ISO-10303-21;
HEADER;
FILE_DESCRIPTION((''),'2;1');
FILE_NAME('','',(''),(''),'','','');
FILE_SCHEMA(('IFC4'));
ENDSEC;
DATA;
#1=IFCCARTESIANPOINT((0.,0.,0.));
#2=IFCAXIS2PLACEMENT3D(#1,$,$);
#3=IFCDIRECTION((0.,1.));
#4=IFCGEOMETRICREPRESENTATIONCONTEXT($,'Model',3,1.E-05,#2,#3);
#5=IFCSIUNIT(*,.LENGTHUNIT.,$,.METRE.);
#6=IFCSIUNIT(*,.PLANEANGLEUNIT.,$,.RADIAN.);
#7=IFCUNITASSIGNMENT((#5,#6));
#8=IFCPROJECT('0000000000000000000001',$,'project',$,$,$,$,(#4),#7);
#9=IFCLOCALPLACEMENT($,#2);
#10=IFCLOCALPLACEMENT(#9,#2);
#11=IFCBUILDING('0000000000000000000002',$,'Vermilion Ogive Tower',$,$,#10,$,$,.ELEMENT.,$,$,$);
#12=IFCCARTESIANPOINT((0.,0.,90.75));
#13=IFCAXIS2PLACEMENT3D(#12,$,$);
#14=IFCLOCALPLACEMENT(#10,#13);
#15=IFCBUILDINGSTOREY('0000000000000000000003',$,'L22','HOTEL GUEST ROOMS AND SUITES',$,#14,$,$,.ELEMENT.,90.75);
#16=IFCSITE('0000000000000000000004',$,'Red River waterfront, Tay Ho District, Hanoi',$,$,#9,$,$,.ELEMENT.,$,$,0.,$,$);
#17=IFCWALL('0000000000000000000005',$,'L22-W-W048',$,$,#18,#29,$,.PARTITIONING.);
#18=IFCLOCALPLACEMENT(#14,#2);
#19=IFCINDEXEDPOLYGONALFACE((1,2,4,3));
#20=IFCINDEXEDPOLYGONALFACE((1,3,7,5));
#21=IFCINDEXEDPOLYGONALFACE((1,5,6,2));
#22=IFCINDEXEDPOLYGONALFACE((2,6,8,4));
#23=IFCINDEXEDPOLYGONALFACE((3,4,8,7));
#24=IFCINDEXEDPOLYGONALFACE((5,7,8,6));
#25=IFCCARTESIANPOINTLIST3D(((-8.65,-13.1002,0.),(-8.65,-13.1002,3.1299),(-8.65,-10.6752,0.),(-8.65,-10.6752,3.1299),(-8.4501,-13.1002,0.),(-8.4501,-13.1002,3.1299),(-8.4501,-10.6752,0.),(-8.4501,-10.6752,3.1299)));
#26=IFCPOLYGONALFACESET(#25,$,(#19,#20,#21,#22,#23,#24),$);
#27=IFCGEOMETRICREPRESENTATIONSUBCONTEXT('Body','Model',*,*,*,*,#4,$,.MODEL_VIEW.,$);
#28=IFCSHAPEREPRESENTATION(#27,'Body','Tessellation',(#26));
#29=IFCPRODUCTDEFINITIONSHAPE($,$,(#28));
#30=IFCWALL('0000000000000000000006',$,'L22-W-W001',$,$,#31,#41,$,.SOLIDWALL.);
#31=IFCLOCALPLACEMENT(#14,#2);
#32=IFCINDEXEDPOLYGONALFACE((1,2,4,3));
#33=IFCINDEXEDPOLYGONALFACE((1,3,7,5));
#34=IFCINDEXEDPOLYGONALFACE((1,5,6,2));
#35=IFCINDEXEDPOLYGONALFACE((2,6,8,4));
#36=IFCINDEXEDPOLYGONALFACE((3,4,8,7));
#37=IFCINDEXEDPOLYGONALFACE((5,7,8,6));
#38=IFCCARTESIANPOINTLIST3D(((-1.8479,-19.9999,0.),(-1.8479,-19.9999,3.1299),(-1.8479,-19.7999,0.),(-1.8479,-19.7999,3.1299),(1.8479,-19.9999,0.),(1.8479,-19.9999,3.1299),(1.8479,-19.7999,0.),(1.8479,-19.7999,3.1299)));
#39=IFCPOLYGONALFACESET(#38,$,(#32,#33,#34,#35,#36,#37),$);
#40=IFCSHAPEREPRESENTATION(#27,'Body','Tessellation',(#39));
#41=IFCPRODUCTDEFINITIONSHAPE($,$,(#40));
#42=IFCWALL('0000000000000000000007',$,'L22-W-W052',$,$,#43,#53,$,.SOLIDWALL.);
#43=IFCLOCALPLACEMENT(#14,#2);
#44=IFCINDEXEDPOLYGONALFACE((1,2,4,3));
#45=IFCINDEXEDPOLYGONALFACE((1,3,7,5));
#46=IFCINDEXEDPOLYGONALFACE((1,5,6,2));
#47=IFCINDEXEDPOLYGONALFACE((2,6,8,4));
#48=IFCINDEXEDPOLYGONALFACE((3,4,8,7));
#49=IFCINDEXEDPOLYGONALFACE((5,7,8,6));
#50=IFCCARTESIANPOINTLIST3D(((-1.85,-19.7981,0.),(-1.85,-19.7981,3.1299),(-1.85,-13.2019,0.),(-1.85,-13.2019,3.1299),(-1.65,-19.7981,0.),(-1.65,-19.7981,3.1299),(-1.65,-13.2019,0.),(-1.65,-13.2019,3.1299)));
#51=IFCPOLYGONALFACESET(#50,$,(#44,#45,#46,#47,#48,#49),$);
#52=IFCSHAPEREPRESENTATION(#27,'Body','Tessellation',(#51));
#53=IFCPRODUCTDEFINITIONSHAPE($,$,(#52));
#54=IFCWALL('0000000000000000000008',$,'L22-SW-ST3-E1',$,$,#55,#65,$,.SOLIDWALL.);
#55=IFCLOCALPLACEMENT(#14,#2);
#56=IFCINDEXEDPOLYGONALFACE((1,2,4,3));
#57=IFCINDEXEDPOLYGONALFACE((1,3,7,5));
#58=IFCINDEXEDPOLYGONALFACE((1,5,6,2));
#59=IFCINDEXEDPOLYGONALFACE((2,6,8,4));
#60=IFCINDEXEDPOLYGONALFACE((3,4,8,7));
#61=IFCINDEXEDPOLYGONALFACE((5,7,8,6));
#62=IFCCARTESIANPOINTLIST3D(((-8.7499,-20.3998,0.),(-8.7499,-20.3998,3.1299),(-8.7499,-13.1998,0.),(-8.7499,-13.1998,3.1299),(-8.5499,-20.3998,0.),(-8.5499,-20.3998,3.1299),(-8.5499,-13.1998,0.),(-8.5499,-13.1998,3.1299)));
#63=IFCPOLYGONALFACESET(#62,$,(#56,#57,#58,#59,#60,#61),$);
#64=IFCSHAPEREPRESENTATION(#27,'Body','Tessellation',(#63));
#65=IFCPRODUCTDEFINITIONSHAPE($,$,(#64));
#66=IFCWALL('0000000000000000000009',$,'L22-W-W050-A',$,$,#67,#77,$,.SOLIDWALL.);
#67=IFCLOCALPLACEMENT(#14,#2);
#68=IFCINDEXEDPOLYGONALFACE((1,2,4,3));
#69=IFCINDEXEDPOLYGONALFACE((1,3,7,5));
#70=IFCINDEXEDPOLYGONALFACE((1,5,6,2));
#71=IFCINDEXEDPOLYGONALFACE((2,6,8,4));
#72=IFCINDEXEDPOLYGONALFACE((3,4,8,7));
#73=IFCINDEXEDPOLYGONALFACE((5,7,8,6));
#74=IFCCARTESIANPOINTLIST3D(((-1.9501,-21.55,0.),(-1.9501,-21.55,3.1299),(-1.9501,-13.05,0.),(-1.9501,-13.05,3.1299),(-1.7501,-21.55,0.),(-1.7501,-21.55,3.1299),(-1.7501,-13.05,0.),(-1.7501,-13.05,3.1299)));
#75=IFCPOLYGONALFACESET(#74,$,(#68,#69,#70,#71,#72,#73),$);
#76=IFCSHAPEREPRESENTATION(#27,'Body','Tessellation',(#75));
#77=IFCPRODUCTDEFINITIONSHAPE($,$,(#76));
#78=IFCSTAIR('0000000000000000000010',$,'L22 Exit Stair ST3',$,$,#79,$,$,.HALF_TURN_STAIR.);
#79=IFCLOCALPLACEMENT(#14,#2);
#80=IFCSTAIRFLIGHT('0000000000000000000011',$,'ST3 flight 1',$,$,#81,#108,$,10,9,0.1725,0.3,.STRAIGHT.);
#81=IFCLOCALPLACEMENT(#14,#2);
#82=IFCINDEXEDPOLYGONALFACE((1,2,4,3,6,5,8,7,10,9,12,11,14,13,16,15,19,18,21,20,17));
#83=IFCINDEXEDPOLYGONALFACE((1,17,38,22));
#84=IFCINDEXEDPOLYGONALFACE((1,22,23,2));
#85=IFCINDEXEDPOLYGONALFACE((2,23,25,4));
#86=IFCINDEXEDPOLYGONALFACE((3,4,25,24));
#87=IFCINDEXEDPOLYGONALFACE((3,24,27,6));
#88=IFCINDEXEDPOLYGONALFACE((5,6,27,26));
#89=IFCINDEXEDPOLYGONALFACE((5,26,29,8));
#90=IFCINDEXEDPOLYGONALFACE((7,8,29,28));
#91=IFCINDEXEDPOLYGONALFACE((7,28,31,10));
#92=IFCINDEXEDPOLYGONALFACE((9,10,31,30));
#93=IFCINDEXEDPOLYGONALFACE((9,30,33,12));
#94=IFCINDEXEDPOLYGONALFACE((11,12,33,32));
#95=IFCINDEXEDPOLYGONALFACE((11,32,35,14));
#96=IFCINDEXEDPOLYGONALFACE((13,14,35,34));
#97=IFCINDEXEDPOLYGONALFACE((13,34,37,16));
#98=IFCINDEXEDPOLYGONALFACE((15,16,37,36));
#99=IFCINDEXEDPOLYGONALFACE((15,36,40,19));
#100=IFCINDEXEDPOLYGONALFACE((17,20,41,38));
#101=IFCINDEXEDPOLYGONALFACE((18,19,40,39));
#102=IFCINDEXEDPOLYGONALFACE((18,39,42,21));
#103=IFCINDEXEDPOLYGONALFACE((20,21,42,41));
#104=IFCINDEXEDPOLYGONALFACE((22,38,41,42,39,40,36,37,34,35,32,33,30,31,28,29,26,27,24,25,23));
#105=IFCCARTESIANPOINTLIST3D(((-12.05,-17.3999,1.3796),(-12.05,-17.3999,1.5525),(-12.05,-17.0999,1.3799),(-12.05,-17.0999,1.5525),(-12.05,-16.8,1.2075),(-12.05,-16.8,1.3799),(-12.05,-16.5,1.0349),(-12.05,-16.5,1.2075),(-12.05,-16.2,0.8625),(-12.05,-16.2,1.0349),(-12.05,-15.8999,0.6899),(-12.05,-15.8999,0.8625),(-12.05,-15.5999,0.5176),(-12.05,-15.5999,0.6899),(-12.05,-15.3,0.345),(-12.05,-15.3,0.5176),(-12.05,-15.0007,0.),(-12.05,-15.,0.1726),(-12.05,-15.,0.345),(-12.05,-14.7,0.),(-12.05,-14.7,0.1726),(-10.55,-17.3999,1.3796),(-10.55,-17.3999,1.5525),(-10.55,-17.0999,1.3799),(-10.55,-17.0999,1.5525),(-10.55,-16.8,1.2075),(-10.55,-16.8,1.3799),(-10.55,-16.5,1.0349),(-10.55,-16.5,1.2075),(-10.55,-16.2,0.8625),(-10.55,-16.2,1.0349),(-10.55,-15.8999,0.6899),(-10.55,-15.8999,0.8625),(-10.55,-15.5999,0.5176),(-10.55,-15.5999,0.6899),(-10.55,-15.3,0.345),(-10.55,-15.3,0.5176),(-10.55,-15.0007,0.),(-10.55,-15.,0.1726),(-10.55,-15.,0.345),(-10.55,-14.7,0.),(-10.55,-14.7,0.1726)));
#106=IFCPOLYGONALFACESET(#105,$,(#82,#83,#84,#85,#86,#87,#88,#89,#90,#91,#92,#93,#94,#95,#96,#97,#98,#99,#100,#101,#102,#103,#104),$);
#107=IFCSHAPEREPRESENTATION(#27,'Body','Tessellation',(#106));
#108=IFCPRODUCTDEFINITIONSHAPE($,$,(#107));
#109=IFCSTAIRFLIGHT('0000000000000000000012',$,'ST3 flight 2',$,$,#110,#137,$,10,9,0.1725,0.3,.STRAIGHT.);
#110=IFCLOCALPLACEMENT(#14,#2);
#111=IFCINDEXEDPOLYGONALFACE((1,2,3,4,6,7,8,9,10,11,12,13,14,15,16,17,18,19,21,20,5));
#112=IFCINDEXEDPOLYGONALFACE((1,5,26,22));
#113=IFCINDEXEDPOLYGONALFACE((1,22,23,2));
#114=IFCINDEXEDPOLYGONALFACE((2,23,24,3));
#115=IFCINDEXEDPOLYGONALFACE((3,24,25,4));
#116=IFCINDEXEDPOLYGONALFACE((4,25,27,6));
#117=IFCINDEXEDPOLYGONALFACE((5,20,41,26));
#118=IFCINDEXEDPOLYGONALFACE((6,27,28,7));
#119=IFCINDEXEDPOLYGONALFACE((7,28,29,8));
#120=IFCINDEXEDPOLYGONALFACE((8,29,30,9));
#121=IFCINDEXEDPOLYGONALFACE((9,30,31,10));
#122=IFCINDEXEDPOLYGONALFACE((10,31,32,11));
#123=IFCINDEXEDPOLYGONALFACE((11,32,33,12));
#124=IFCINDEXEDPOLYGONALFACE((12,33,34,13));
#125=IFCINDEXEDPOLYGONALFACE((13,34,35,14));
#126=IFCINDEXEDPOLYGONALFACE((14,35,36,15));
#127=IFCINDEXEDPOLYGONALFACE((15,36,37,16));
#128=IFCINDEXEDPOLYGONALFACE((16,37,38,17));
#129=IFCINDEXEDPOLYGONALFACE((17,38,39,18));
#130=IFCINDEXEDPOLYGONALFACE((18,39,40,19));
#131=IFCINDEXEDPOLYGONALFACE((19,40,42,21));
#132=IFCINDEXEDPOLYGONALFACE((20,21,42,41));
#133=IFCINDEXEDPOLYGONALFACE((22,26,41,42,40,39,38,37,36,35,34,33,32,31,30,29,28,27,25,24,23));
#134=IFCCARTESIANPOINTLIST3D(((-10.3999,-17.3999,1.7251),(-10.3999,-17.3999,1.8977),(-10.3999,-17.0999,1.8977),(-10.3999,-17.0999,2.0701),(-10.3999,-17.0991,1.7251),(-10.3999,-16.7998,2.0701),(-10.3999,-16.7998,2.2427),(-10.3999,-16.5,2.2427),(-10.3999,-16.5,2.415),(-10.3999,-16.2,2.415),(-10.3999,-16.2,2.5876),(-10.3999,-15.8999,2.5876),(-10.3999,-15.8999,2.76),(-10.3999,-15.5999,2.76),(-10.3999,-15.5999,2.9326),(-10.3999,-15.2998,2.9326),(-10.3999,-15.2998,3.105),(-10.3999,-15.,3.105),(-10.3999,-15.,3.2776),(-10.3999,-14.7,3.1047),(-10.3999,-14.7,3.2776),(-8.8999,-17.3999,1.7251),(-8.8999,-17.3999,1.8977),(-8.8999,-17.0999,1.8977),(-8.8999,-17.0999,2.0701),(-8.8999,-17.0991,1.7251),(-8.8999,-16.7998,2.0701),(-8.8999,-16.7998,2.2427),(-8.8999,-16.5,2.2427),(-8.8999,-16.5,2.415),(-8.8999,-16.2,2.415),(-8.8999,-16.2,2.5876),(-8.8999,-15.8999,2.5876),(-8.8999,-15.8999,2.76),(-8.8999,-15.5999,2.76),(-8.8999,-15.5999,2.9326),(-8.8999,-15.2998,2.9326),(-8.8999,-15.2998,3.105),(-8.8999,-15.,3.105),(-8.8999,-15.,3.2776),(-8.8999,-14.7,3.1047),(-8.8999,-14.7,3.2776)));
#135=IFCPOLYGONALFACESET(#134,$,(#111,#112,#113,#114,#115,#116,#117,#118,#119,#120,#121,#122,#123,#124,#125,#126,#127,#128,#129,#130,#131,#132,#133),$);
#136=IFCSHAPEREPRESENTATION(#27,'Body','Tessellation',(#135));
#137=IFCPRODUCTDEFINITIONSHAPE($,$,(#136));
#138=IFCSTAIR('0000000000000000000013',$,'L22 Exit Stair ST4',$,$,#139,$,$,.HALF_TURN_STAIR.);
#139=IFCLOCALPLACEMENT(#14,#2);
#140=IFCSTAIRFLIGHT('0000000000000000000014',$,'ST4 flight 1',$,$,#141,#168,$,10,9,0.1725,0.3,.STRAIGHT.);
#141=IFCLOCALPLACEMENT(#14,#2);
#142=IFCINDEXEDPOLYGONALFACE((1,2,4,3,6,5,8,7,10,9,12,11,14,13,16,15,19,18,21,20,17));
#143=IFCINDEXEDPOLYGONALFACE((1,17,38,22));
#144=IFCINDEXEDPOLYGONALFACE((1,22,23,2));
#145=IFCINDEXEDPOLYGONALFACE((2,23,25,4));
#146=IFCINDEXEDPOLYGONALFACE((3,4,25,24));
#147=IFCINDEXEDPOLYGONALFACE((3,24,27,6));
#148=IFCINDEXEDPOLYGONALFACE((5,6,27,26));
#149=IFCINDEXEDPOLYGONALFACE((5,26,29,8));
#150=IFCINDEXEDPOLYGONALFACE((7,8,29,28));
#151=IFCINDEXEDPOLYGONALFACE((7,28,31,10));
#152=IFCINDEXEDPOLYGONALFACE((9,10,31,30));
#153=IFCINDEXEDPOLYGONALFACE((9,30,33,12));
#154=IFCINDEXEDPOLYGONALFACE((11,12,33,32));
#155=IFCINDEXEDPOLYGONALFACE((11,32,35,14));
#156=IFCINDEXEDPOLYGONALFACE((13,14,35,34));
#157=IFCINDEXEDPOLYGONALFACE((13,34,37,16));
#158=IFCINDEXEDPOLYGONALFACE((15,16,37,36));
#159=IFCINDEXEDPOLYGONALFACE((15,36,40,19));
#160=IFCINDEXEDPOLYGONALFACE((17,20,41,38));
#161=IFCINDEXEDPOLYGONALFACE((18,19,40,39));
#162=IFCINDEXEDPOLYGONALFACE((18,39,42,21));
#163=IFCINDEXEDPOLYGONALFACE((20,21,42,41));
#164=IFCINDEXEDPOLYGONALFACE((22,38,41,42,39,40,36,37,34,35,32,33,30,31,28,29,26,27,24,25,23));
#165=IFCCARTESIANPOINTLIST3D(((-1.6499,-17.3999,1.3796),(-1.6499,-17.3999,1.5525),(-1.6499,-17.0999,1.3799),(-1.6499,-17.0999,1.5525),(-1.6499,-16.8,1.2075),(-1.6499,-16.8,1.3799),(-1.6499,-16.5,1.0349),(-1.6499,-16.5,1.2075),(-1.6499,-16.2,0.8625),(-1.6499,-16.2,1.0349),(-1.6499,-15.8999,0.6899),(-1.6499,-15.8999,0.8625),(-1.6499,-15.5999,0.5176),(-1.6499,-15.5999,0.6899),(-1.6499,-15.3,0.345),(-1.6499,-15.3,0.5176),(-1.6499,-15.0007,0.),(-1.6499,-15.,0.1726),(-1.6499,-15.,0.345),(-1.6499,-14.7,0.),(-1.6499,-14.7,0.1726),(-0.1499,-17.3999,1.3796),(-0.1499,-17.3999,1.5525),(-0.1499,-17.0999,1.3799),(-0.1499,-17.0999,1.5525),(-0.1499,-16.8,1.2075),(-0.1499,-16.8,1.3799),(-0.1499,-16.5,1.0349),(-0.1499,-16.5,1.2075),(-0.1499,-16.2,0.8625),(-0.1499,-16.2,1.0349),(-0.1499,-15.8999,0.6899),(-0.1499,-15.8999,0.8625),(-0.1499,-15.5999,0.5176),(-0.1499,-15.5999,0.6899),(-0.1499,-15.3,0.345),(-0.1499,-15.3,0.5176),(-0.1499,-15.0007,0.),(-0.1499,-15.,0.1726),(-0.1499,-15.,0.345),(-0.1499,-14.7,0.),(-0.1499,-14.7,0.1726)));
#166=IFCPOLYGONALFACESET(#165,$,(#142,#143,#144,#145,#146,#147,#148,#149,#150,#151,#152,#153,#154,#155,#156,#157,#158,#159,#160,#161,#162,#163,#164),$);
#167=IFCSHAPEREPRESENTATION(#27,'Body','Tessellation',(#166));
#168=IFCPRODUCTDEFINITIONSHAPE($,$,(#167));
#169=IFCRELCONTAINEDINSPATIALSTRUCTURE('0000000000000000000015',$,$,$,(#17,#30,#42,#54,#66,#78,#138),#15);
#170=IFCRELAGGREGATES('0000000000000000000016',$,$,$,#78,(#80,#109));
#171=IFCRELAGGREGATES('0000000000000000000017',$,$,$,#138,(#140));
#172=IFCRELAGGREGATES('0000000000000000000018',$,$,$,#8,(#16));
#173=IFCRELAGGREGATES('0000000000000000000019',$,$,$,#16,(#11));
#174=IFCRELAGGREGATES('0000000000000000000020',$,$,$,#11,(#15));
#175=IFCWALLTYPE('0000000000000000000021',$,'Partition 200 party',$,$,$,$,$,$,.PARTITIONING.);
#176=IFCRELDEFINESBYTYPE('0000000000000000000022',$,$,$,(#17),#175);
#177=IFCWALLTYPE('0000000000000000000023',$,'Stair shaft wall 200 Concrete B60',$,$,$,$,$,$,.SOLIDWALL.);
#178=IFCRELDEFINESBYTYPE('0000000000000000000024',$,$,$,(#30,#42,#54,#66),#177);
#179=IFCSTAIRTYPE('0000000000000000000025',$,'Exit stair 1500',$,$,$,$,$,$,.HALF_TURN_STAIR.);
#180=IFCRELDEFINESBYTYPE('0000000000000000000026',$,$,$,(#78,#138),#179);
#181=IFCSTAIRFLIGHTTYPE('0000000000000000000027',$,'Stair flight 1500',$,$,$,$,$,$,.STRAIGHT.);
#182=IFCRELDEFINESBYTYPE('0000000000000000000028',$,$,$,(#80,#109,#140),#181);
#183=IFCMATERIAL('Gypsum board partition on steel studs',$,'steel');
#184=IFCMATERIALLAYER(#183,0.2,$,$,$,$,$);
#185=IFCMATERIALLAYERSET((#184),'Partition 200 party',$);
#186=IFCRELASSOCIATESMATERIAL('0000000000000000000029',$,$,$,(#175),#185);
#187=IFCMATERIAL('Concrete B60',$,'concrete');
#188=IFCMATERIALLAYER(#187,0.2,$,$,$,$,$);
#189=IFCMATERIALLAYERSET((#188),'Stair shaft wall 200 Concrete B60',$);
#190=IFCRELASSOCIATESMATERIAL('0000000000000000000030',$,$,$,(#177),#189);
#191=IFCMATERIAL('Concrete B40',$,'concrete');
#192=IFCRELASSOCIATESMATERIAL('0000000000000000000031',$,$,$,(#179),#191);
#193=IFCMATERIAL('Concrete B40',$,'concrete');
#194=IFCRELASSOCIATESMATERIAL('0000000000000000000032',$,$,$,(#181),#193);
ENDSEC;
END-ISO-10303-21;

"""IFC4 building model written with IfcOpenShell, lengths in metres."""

from ifc_helpers import new_model, si_unit, direction, frame, frame_2d, origin, place, context, subcontext, project, spatial, polyline, rectangle, outline, extrude, material, layer, layer_set, type_object, element, aggregate, save


model = new_model("IFC4")

# Units and contexts
model_context = context("Model", 3, precision=1e-05, world=origin(), true_north=direction((0.0, 1.0)))
body_context = subcontext(model_context, "Body", "Model", "MODEL_VIEW")
ifc_project = project(units=[si_unit("LENGTHUNIT", "METRE"), si_unit("PLANEANGLEUNIT", "RADIAN")], contexts=[model_context])

# Site, building, storey
site_placement = place(None, origin())
site = spatial("IfcSite", under=ifc_project, at=site_placement, Name="Red River waterfront, Tay Ho District, Hanoi", CompositionType="ELEMENT", RefElevation=0.0)
building_placement = place(site_placement, origin())
building = spatial("IfcBuilding", under=site, at=building_placement, Name="Vermilion Ogive Tower", CompositionType="ELEMENT")
storey_placement = place(building_placement, frame((0.0, 0.0, 90.75)))
storey = spatial("IfcBuildingStorey", under=building, at=storey_placement, Name="L22", Description="HOTEL GUEST ROOMS AND SUITES", CompositionType="ELEMENT", Elevation=90.75)

# Walls
ifc_material_1 = material(Name="Gypsum board partition on steel studs", Category="steel")
ifc_layer_1 = layer(ifc_material_1, 0.2)
ifc_layer_set_1 = layer_set([ifc_layer_1], Name="Partition 200 party")
wall_type_1 = type_object("IfcWallType", Name="Partition 200 party", PredefinedType="PARTITIONING", material=ifc_layer_set_1)
wall_1_placement = place(storey_placement, frame((-8.55, -13.1001, 0.0), z_axis=(0.0, 0.0, 1.0), x_axis=(0.0, 1.0, 0.0)))
element("IfcWall", 1, at=wall_1_placement, inside=storey, type_object=wall_type_1, Name="L22-W-W048", PredefinedType="PARTITIONING", context=body_context, shape_type="SweptSolid", body=[
    extrude(rectangle(XDim=2.425, YDim=0.2, at=frame_2d((1.2124, 0.0))), origin(), (0.0, 0.0, 1.0), 3.1299),
])
ifc_material_2 = material(Name="Concrete B60", Category="concrete")
ifc_layer_2 = layer(ifc_material_2, 0.2)
ifc_layer_set_2 = layer_set([ifc_layer_2], Name="Stair shaft wall 200 Concrete B60")
wall_type_2 = type_object("IfcWallType", Name="Stair shaft wall 200 Concrete B60", PredefinedType="SOLIDWALL", material=ifc_layer_set_2)
wall_2_placement = place(storey_placement, frame((-1.8479, -19.8999, 0.0), z_axis=(0.0, 0.0, 1.0), x_axis=(1.0, 0.0, 0.0)))
element("IfcWall", 2, at=wall_2_placement, inside=storey, type_object=wall_type_2, Name="L22-W-W001", PredefinedType="SOLIDWALL", context=body_context, shape_type="SweptSolid", body=[
    extrude(rectangle(XDim=3.6958, YDim=0.2, at=frame_2d((1.8479, 0.0))), origin(), (0.0, 0.0, 1.0), 3.1299),
])
wall_3_placement = place(storey_placement, frame((-1.75, -19.7981, 0.0), z_axis=(0.0, 0.0, 1.0), x_axis=(0.0, 1.0, 0.0)))
element("IfcWall", 3, at=wall_3_placement, inside=storey, type_object=wall_type_2, Name="L22-W-W052", PredefinedType="SOLIDWALL", context=body_context, shape_type="SweptSolid", body=[
    extrude(rectangle(XDim=6.5962, YDim=0.2, at=frame_2d((3.2981, 0.0))), origin(), (0.0, 0.0, 1.0), 3.1299),
])
wall_4_placement = place(storey_placement, frame((-8.6499, -20.3999, 0.0), z_axis=(0.0, 0.0, 1.0), x_axis=(0.0, 1.0, 0.0)))
element("IfcWall", 4, at=wall_4_placement, inside=storey, type_object=wall_type_2, Name="L22-SW-ST3-E1", PredefinedType="SOLIDWALL", context=body_context, shape_type="SweptSolid", body=[
    extrude(rectangle(XDim=7.2, YDim=0.2, at=frame_2d((3.6001, 0.0))), origin(), (0.0, 0.0, 1.0), 3.1299),
])
wall_5_placement = place(storey_placement, frame((-1.8501, -21.55, 0.0), z_axis=(0.0, 0.0, 1.0), x_axis=(0.0, 1.0, 0.0)))
element("IfcWall", 5, at=wall_5_placement, inside=storey, type_object=wall_type_2, Name="L22-W-W050-A", PredefinedType="SOLIDWALL", context=body_context, shape_type="SweptSolid", body=[
    extrude(rectangle(XDim=8.5, YDim=0.2, at=frame_2d((4.25, 0.0))), origin(), (0.0, 0.0, 1.0), 3.1299),
])

# Stair, stair flights
ifc_material_3 = material(Name="Concrete B40", Category="concrete")
stair_type = type_object("IfcStairType", Name="Exit stair 1500", PredefinedType="HALF_TURN_STAIR", material=ifc_material_3)
stair_1_placement = place(storey_placement, origin())
stair_1 = element("IfcStair", 6, at=stair_1_placement, inside=storey, type_object=stair_type, Name="L22 Exit Stair ST3", PredefinedType="HALF_TURN_STAIR")
ifc_material_4 = material(Name="Concrete B40", Category="concrete")
stair_flight_type = type_object("IfcStairFlightType", Name="Stair flight 1500", PredefinedType="STRAIGHT", material=ifc_material_4)
stair_flight_1_placement = place(storey_placement, frame((-11.3, -14.7, 0.0), z_axis=(0.0, 0.0, 1.0), x_axis=(0.0, -1.0, 0.0)))
stair_flight_1 = element("IfcStairFlight", 7, at=stair_flight_1_placement, type_object=stair_flight_type, Name="ST3 flight 1", NumberOfRisers=10, NumberOfTreads=9, PredefinedType="STRAIGHT", RiserHeight=0.1725, TreadLength=0.3, context=body_context, shape_type="SweptSolid", body=[
    extrude(outline(polyline([(0.0, 0.0), (0.0, 0.1726), (0.3, 0.1726), (0.3, 0.345), (0.6001, 0.345), (0.6001, 0.5176), (0.8999, 0.5176), (0.8999, 0.6899), (1.2, 0.6899), (1.2, 0.8625), (1.5, 0.8625), (1.5, 1.0349), (1.8, 1.0349), (1.8, 1.2075), (2.1001, 1.2075), (2.1001, 1.3799), (2.3999, 1.3799), (2.3999, 1.5525), (2.7, 1.5525), (2.7, 1.7251), (2.7, 1.3796), (0.3008, 0.0), (0.0, 0.0)])), frame((0.0, 0.75, 0.0), z_axis=(0.0, -1.0, 0.0), x_axis=(1.0, 0.0, 0.0)), (0.0, 0.0, 1.0), 1.5),
])
stair_flight_2_placement = place(storey_placement, frame((-9.6499, -17.3999, 1.7251), z_axis=(0.0, 0.0, 1.0), x_axis=(0.0, 1.0, 0.0)))
stair_flight_2 = element("IfcStairFlight", 8, at=stair_flight_2_placement, type_object=stair_flight_type, Name="ST3 flight 2", NumberOfRisers=10, NumberOfTreads=9, PredefinedType="STRAIGHT", RiserHeight=0.1725, TreadLength=0.3, context=body_context, shape_type="SweptSolid", body=[
    extrude(outline(polyline([(0.0, 0.0), (0.0, 0.1726), (0.3, 0.1726), (0.3, 0.345), (0.6001, 0.345), (0.6001, 0.5176), (0.8999, 0.5176), (0.8999, 0.6899), (1.2, 0.6899), (1.2, 0.8625), (1.5, 0.8625), (1.5, 1.0349), (1.8, 1.0349), (1.8, 1.2075), (2.1001, 1.2075), (2.1001, 1.3799), (2.3999, 1.3799), (2.3999, 1.5525), (2.7, 1.5525), (2.7, 1.7251), (2.7, 1.3796), (0.3008, 0.0), (0.0, 0.0)])), frame((0.0, 0.75, 0.0), z_axis=(0.0, -1.0, 0.0), x_axis=(1.0, 0.0, 0.0)), (0.0, 0.0, 1.0), 1.5),
])
aggregate(stair_1, [stair_flight_1, stair_flight_2])

# Stair, stair flight
stair_2_placement = place(storey_placement, origin())
stair_2 = element("IfcStair", 9, at=stair_2_placement, inside=storey, type_object=stair_type, Name="L22 Exit Stair ST4", PredefinedType="HALF_TURN_STAIR")
stair_flight_3_placement = place(storey_placement, frame((-0.8999, -14.7, 0.0), z_axis=(0.0, 0.0, 1.0), x_axis=(0.0, -1.0, 0.0)))
stair_flight_3 = element("IfcStairFlight", 10, at=stair_flight_3_placement, type_object=stair_flight_type, Name="ST4 flight 1", NumberOfRisers=10, NumberOfTreads=9, PredefinedType="STRAIGHT", RiserHeight=0.1725, TreadLength=0.3, context=body_context, shape_type="SweptSolid", body=[
    extrude(outline(polyline([(0.0, 0.0), (0.0, 0.1726), (0.3, 0.1726), (0.3, 0.345), (0.6001, 0.345), (0.6001, 0.5176), (0.8999, 0.5176), (0.8999, 0.6899), (1.2, 0.6899), (1.2, 0.8625), (1.5, 0.8625), (1.5, 1.0349), (1.8, 1.0349), (1.8, 1.2075), (2.1001, 1.2075), (2.1001, 1.3799), (2.3999, 1.3799), (2.3999, 1.5525), (2.7, 1.5525), (2.7, 1.7251), (2.7, 1.3796), (0.3008, 0.0), (0.0, 0.0)])), frame((0.0, 0.75, 0.0), z_axis=(0.0, -1.0, 0.0), x_axis=(1.0, 0.0, 0.0)), (0.0, 0.0, 1.0), 1.5),
])
aggregate(stair_2, [stair_flight_3])

save(model, "model.ifc")
